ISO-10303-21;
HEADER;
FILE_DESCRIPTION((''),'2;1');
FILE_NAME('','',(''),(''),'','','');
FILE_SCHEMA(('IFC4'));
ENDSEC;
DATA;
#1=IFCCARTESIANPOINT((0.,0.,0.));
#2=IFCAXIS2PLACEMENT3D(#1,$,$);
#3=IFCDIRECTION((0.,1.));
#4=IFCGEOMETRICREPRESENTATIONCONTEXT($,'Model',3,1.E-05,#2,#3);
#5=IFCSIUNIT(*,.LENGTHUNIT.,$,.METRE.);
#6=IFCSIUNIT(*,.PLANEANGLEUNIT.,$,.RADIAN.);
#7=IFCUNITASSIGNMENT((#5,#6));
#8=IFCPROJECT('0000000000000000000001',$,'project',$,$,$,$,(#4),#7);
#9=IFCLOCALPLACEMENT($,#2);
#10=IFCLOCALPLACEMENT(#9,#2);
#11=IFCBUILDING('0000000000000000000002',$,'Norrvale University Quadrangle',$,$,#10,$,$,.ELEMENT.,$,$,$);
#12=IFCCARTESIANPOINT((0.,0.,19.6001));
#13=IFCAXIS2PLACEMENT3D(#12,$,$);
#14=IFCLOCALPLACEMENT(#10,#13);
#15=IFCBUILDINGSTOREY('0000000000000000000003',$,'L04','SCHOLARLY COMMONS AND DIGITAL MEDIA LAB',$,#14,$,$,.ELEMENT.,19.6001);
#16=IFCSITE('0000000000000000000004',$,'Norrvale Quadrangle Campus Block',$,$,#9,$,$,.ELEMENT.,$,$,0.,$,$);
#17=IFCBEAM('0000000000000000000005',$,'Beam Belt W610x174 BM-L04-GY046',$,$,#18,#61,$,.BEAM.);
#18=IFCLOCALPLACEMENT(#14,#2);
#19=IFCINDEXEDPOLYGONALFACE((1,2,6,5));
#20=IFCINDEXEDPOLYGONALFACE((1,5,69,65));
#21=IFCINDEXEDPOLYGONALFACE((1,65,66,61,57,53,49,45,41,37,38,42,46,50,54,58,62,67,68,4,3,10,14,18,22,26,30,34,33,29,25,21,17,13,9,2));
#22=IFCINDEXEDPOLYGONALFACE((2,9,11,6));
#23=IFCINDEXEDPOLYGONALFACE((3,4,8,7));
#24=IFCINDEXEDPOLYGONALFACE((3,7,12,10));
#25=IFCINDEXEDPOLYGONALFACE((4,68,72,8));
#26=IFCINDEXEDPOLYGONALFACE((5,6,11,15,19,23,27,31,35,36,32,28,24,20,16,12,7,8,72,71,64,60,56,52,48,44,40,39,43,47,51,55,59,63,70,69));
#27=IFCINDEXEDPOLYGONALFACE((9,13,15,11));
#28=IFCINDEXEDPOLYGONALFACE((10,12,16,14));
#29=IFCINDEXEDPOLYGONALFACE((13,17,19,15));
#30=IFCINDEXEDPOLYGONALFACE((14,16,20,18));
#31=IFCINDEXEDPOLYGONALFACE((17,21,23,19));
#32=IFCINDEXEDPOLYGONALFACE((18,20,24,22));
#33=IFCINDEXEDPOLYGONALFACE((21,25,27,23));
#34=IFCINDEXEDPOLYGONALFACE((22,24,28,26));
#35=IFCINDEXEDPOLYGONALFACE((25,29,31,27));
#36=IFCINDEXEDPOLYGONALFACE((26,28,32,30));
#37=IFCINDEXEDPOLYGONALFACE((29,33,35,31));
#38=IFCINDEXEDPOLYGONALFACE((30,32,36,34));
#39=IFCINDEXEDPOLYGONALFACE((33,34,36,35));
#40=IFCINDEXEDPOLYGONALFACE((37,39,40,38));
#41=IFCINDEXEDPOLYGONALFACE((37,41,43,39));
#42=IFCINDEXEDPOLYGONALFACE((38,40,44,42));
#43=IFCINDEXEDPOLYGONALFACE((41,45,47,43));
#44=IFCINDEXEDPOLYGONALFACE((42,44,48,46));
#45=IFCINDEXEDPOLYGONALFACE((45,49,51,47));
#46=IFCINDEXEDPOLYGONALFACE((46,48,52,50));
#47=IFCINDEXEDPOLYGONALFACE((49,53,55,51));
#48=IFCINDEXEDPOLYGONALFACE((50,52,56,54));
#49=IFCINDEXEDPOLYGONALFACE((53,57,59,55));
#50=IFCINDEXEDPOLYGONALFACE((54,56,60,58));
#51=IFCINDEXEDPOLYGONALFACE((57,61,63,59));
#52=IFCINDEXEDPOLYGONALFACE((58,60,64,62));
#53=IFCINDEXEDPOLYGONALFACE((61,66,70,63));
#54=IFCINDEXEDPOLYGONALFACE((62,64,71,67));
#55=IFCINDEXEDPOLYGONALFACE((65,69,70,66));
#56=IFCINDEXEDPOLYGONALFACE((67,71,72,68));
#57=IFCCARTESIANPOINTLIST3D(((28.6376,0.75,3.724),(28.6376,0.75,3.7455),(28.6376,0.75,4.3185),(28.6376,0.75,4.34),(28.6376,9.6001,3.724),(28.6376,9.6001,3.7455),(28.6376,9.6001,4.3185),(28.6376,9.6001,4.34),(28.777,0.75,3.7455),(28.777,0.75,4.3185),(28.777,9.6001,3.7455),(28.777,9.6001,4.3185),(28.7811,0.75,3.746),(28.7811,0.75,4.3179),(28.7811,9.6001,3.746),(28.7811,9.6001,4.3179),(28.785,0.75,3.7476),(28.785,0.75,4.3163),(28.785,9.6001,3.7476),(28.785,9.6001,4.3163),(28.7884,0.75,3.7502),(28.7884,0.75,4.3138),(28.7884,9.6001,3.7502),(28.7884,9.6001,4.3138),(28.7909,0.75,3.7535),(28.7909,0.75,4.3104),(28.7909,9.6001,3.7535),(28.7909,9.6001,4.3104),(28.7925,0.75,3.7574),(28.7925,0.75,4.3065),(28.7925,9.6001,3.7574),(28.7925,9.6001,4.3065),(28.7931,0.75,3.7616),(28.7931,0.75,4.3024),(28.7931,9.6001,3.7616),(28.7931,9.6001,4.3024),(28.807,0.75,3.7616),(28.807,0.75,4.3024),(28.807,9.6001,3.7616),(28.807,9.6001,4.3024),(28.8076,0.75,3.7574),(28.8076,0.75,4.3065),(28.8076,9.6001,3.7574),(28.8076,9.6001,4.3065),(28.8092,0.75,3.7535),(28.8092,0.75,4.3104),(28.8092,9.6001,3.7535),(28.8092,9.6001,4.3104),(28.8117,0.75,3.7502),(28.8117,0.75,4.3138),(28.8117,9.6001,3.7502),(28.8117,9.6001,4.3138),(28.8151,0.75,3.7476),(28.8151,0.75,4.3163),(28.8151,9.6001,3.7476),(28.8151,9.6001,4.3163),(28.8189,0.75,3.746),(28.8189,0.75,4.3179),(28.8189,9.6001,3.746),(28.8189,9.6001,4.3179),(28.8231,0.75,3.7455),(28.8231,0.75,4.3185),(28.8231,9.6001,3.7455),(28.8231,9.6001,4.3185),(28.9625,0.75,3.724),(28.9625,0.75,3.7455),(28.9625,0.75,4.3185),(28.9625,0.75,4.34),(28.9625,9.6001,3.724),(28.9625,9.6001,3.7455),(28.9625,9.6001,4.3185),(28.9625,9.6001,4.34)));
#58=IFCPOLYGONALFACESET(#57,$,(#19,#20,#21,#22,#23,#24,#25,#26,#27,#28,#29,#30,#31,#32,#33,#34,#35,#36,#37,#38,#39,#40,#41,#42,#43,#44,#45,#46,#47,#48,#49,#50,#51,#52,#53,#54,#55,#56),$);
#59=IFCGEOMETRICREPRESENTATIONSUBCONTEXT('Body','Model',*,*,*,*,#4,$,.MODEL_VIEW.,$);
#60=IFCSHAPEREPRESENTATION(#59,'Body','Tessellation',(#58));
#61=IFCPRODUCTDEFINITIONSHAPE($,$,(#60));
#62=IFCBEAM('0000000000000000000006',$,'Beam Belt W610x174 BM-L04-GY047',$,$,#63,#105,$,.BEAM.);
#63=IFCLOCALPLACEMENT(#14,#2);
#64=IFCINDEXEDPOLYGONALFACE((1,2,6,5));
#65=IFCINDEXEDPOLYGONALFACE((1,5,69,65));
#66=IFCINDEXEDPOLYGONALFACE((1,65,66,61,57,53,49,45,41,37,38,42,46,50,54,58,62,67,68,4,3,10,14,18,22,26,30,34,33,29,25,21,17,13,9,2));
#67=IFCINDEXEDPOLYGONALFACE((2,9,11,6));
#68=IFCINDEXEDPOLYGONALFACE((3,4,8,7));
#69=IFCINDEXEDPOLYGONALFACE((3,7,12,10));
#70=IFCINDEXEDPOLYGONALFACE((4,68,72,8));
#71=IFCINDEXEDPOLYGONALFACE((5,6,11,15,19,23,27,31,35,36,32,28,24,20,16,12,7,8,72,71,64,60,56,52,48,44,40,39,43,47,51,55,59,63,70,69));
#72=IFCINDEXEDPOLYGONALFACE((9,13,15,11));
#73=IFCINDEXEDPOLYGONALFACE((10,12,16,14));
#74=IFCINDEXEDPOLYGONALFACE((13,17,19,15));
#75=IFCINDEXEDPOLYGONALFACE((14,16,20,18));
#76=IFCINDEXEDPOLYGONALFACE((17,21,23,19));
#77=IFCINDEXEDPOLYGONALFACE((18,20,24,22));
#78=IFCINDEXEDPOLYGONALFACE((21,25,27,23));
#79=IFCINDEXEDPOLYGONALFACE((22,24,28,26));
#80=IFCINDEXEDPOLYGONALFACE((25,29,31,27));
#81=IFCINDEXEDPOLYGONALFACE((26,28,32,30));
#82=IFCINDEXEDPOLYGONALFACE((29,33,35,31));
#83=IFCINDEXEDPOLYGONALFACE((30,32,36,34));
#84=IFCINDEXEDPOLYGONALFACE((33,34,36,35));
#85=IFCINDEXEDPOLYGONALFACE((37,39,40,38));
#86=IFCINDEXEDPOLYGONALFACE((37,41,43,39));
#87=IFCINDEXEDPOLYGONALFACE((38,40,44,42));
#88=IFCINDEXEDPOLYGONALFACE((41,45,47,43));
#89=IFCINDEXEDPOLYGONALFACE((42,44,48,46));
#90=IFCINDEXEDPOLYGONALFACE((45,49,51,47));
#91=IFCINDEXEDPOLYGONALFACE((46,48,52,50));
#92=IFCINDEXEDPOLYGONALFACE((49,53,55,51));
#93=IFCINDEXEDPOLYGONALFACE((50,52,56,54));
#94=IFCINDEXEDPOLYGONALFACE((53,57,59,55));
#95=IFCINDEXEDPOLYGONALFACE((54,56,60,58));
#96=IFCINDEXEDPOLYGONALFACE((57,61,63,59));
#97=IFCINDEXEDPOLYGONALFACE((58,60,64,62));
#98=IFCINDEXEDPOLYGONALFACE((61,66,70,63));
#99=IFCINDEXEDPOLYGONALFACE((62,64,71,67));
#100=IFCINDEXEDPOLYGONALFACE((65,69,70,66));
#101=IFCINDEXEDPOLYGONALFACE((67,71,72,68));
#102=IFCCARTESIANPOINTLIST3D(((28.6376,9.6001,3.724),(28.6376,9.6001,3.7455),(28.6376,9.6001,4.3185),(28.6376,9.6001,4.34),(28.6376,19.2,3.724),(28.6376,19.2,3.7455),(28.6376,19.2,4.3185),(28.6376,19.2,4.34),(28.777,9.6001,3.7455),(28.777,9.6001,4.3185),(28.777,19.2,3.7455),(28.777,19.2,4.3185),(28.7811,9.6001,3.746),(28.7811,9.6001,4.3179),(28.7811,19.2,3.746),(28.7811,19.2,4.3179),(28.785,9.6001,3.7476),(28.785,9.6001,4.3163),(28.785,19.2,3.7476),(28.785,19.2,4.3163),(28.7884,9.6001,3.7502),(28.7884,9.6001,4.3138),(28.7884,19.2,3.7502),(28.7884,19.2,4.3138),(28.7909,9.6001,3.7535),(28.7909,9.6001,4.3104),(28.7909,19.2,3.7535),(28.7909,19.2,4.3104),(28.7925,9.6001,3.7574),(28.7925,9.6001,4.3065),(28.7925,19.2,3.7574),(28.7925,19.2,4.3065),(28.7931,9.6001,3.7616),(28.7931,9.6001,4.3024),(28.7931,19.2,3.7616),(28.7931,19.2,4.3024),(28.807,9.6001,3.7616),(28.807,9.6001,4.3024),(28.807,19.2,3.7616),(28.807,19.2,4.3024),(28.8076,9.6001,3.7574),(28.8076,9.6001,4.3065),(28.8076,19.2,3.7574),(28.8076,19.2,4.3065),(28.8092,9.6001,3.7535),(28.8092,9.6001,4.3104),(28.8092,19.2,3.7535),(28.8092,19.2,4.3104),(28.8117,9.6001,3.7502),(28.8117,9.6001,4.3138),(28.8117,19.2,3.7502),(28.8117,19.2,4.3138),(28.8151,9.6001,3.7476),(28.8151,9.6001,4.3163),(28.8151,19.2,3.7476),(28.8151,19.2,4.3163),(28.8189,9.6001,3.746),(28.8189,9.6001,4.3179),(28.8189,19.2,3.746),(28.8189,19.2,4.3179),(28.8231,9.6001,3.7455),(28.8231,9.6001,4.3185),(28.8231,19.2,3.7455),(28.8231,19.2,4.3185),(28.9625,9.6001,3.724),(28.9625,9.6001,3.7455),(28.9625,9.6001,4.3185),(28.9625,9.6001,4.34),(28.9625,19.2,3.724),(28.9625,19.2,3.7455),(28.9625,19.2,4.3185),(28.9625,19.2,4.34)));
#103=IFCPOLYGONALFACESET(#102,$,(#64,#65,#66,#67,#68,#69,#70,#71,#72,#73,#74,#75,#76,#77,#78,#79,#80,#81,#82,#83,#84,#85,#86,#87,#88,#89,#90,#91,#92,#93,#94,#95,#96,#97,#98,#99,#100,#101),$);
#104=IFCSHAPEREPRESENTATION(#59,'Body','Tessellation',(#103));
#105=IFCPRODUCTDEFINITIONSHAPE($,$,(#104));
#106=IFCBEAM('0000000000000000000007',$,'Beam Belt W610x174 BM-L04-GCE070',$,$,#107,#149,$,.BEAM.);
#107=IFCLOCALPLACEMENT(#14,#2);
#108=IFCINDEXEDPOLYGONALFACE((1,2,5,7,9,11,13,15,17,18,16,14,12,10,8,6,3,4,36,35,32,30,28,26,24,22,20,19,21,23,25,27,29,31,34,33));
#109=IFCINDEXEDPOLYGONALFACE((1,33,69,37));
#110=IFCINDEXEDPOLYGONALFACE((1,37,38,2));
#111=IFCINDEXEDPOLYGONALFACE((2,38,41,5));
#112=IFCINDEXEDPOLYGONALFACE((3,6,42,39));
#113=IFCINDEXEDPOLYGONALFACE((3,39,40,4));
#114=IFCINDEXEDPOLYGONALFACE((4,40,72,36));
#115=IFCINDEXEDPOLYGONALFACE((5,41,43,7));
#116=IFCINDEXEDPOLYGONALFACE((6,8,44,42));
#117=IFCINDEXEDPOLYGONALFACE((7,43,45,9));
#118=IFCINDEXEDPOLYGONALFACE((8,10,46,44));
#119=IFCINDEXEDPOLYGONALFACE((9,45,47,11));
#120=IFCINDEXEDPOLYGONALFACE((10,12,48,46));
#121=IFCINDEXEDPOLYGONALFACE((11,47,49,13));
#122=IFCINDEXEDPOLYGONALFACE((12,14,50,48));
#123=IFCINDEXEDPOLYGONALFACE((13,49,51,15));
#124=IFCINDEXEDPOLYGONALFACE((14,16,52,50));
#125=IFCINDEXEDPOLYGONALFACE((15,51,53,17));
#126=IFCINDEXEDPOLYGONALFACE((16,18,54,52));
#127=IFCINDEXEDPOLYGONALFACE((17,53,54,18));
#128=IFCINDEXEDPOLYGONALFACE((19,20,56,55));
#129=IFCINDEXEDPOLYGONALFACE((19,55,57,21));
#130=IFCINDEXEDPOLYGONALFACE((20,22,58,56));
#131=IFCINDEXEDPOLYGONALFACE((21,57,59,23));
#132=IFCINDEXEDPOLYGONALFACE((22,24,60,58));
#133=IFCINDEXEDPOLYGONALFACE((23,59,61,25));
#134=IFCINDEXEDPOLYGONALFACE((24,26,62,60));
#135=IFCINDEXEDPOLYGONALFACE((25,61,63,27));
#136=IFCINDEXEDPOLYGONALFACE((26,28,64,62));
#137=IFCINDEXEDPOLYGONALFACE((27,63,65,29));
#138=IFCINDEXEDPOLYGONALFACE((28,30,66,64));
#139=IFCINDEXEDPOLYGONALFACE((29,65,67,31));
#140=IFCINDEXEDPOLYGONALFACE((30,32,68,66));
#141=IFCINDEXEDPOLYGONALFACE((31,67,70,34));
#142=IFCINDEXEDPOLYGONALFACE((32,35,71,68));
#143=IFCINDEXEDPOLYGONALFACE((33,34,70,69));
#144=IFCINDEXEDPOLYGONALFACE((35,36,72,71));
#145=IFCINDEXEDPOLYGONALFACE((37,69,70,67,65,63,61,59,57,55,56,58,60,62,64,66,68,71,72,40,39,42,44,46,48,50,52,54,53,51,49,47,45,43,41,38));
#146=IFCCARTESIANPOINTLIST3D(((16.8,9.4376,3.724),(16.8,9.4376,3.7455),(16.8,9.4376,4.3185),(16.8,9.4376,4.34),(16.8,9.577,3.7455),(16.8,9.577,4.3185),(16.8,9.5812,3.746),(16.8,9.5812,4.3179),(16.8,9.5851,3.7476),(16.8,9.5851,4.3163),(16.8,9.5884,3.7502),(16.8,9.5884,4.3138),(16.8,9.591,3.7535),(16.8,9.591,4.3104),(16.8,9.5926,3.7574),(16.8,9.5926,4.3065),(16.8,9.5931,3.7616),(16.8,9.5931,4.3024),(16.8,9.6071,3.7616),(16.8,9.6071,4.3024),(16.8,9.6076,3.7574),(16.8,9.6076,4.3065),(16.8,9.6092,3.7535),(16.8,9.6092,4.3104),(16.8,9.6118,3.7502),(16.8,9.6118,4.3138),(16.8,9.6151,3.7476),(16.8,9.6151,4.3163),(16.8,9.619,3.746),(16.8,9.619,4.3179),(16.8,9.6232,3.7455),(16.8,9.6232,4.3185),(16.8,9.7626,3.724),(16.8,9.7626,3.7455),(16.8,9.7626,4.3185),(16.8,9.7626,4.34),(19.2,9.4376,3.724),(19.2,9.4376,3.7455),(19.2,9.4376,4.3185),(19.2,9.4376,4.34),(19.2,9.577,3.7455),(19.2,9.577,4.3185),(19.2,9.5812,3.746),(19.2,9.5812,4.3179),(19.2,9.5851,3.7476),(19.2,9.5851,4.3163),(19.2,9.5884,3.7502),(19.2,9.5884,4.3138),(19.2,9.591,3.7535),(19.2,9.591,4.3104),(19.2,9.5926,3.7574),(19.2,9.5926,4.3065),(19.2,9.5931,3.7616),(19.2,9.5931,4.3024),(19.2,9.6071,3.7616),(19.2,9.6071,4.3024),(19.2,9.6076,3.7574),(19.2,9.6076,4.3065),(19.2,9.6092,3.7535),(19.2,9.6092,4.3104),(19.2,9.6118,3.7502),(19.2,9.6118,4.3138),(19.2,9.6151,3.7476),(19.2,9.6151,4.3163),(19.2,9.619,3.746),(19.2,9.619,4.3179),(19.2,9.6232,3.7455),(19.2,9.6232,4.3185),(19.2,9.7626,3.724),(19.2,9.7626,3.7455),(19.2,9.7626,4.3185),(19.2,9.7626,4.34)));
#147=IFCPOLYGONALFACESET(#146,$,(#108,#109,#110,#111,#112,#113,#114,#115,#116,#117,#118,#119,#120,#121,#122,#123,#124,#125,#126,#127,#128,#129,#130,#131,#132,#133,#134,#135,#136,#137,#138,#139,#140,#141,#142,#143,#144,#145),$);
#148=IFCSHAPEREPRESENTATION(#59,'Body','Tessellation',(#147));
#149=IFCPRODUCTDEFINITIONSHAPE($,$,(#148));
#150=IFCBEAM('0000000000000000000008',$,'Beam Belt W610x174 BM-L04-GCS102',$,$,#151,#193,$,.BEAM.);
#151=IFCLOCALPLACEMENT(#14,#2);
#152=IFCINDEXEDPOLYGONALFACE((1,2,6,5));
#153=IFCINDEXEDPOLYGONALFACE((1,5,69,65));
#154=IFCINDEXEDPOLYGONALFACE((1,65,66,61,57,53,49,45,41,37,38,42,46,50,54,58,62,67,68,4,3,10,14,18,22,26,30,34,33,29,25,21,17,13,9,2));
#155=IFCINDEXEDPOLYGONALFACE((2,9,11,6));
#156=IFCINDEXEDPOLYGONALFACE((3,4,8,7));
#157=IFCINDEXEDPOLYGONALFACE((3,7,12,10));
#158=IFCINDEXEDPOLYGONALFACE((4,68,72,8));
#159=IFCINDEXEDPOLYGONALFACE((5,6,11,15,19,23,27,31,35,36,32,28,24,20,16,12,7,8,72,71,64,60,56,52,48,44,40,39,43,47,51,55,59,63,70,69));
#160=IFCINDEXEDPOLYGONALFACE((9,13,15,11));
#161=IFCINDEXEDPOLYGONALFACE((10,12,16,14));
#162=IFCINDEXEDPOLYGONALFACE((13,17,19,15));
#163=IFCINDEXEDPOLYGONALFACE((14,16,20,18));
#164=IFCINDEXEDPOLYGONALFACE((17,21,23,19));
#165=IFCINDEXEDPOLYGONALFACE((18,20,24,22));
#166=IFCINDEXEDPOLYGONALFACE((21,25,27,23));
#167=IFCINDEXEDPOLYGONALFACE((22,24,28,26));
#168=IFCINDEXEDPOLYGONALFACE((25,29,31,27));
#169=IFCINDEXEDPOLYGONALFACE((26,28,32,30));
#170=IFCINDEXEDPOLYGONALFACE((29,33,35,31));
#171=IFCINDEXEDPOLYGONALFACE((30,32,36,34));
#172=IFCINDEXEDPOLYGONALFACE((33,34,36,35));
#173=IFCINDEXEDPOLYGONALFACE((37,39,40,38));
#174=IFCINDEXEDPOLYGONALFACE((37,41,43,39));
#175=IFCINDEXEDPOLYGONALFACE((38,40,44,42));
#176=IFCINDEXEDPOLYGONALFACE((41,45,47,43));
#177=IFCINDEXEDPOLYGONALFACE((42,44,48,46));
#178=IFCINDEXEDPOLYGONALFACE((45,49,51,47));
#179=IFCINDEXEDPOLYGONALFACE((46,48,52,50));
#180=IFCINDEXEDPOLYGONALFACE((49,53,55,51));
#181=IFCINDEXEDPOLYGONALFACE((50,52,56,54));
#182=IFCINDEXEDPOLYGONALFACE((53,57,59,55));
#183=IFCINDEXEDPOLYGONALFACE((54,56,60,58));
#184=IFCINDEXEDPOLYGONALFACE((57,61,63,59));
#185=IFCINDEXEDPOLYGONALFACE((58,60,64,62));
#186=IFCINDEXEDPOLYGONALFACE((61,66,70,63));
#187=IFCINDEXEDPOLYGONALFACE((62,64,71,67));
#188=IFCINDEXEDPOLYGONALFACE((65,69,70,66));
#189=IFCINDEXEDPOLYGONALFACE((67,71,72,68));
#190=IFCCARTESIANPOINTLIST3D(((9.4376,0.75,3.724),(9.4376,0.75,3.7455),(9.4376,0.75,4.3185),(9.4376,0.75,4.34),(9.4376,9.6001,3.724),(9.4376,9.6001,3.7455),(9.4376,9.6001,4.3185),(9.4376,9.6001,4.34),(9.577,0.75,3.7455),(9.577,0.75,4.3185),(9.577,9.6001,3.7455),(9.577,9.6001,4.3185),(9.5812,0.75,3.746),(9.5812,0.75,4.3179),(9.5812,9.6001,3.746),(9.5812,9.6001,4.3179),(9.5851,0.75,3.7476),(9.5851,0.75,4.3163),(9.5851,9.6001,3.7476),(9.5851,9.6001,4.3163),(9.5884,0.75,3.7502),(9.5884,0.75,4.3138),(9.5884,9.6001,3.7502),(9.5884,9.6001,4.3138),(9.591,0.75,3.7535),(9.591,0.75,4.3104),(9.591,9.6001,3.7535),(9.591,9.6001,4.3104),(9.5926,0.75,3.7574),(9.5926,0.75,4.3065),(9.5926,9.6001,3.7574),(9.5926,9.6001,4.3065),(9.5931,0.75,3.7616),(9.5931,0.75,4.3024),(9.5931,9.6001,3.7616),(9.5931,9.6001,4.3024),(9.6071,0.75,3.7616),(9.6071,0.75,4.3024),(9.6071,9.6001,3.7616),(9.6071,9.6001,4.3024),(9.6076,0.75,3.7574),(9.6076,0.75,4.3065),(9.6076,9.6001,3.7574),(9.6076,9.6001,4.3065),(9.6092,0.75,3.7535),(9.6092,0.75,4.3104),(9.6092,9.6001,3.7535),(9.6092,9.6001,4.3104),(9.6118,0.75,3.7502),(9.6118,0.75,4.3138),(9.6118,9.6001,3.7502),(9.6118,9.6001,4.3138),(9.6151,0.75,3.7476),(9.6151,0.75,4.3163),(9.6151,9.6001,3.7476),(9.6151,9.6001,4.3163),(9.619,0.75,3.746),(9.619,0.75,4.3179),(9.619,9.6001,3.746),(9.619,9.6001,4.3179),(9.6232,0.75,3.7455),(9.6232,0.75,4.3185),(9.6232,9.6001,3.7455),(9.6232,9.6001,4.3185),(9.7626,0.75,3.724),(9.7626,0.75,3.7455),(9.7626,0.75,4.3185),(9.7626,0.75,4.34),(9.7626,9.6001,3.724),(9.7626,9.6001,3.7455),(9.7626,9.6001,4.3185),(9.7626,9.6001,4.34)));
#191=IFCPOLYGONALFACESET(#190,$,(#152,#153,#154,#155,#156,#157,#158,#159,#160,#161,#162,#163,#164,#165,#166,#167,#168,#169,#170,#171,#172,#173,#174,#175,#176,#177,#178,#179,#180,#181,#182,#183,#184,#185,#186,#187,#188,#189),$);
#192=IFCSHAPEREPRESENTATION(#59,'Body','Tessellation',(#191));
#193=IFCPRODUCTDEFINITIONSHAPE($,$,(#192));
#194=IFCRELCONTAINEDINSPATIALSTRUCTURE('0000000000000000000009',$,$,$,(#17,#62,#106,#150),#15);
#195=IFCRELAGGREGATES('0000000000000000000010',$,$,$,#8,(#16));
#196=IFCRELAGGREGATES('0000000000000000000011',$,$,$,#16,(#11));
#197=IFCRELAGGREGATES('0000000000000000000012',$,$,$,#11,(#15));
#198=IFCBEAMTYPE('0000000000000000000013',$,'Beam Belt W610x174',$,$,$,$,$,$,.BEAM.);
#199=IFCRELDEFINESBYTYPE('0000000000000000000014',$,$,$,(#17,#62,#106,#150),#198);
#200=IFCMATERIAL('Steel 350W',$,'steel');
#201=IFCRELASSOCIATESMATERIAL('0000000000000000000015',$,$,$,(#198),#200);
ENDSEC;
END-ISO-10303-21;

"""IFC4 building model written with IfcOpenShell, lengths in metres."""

from ifc_helpers import new_model, si_unit, direction, frame, origin, origin_2d, place, context, subcontext, project, spatial, i_section, extrude, material, material_profile, profile_set, type_object, element, save


model = new_model("IFC4")

# Units and contexts
model_context = context("Model", 3, precision=1e-05, world=origin(), true_north=direction((0.0, 1.0)))
body_context = subcontext(model_context, "Body", "Model", "MODEL_VIEW")
ifc_project = project(units=[si_unit("LENGTHUNIT", "METRE"), si_unit("PLANEANGLEUNIT", "RADIAN")], contexts=[model_context])

# Site, building, storey
site_placement = place(None, origin())
site = spatial("IfcSite", under=ifc_project, at=site_placement, Name="Norrvale Quadrangle Campus Block", CompositionType="ELEMENT", RefElevation=0.0)
building_placement = place(site_placement, origin())
building = spatial("IfcBuilding", under=site, at=building_placement, Name="Norrvale University Quadrangle", CompositionType="ELEMENT")
storey_placement = place(building_placement, frame((0.0, 0.0, 19.6001)))
storey = spatial("IfcBuildingStorey", under=building, at=storey_placement, Name="L04", Description="SCHOLARLY COMMONS AND DIGITAL MEDIA LAB", CompositionType="ELEMENT", Elevation=19.6001)

# Beams
ifc_material_1 = material(Name="Steel 350W", Category="steel")
ifc_material_profile_1 = material_profile(ifc_material_1, i_section(OverallWidth=0.325, OverallDepth=0.616, WebThickness=0.0139, FlangeThickness=0.0215, FilletRadius=0.0161, at=origin_2d()), Name="Steel 350W")
ifc_profile_set_1 = profile_set([ifc_material_profile_1], Name="Steel 350W")
beam_type_1 = type_object("IfcBeamType", Name="Beam Belt W610x174", PredefinedType="BEAM", material=ifc_profile_set_1)
beam_1_placement = place(storey_placement, frame((28.8, 0.75, 4.032), z_axis=(0.0, 1.0, 0.0), x_axis=(-1.0, 0.0, 0.0)))
element("IfcBeam", 1, at=beam_1_placement, inside=storey, type_object=beam_type_1, Name="Beam Belt W610x174 BM-L04-GY046", PredefinedType="BEAM", context=body_context, shape_type="SweptSolid", body=[
    extrude(i_section(OverallWidth=0.325, OverallDepth=0.616, WebThickness=0.0139, FlangeThickness=0.0215, FilletRadius=0.0161, at=origin_2d()), origin(), (0.0, 0.0, 1.0), 8.8501),
])
beam_2_placement = place(storey_placement, frame((28.8, 9.6001, 4.032), z_axis=(0.0, 1.0, 0.0), x_axis=(-1.0, 0.0, 0.0)))
element("IfcBeam", 2, at=beam_2_placement, inside=storey, type_object=beam_type_1, Name="Beam Belt W610x174 BM-L04-GY047", PredefinedType="BEAM", context=body_context, shape_type="SweptSolid", body=[
    extrude(i_section(OverallWidth=0.325, OverallDepth=0.616, WebThickness=0.0139, FlangeThickness=0.0215, FilletRadius=0.0161, at=origin_2d()), origin(), (0.0, 0.0, 1.0), 9.5999),
])
beam_3_placement = place(storey_placement, frame((16.8, 9.6001, 4.032), z_axis=(1.0, 0.0, 0.0), x_axis=(0.0, 1.0, 0.0)))
element("IfcBeam", 3, at=beam_3_placement, inside=storey, type_object=beam_type_1, Name="Beam Belt W610x174 BM-L04-GCE070", PredefinedType="BEAM", context=body_context, shape_type="SweptSolid", body=[
    extrude(i_section(OverallWidth=0.325, OverallDepth=0.616, WebThickness=0.0139, FlangeThickness=0.0215, FilletRadius=0.0161, at=origin_2d()), origin(), (0.0, 0.0, 1.0), 2.3999),
])
beam_4_placement = place(storey_placement, frame((9.6001, 0.75, 4.032), z_axis=(0.0, 1.0, 0.0), x_axis=(-1.0, 0.0, 0.0)))
element("IfcBeam", 4, at=beam_4_placement, inside=storey, type_object=beam_type_1, Name="Beam Belt W610x174 BM-L04-GCS102", PredefinedType="BEAM", context=body_context, shape_type="SweptSolid", body=[
    extrude(i_section(OverallWidth=0.325, OverallDepth=0.616, WebThickness=0.0139, FlangeThickness=0.0215, FilletRadius=0.0161, at=origin_2d()), origin(), (0.0, 0.0, 1.0), 8.8501),
])

save(model, "model.ifc")
